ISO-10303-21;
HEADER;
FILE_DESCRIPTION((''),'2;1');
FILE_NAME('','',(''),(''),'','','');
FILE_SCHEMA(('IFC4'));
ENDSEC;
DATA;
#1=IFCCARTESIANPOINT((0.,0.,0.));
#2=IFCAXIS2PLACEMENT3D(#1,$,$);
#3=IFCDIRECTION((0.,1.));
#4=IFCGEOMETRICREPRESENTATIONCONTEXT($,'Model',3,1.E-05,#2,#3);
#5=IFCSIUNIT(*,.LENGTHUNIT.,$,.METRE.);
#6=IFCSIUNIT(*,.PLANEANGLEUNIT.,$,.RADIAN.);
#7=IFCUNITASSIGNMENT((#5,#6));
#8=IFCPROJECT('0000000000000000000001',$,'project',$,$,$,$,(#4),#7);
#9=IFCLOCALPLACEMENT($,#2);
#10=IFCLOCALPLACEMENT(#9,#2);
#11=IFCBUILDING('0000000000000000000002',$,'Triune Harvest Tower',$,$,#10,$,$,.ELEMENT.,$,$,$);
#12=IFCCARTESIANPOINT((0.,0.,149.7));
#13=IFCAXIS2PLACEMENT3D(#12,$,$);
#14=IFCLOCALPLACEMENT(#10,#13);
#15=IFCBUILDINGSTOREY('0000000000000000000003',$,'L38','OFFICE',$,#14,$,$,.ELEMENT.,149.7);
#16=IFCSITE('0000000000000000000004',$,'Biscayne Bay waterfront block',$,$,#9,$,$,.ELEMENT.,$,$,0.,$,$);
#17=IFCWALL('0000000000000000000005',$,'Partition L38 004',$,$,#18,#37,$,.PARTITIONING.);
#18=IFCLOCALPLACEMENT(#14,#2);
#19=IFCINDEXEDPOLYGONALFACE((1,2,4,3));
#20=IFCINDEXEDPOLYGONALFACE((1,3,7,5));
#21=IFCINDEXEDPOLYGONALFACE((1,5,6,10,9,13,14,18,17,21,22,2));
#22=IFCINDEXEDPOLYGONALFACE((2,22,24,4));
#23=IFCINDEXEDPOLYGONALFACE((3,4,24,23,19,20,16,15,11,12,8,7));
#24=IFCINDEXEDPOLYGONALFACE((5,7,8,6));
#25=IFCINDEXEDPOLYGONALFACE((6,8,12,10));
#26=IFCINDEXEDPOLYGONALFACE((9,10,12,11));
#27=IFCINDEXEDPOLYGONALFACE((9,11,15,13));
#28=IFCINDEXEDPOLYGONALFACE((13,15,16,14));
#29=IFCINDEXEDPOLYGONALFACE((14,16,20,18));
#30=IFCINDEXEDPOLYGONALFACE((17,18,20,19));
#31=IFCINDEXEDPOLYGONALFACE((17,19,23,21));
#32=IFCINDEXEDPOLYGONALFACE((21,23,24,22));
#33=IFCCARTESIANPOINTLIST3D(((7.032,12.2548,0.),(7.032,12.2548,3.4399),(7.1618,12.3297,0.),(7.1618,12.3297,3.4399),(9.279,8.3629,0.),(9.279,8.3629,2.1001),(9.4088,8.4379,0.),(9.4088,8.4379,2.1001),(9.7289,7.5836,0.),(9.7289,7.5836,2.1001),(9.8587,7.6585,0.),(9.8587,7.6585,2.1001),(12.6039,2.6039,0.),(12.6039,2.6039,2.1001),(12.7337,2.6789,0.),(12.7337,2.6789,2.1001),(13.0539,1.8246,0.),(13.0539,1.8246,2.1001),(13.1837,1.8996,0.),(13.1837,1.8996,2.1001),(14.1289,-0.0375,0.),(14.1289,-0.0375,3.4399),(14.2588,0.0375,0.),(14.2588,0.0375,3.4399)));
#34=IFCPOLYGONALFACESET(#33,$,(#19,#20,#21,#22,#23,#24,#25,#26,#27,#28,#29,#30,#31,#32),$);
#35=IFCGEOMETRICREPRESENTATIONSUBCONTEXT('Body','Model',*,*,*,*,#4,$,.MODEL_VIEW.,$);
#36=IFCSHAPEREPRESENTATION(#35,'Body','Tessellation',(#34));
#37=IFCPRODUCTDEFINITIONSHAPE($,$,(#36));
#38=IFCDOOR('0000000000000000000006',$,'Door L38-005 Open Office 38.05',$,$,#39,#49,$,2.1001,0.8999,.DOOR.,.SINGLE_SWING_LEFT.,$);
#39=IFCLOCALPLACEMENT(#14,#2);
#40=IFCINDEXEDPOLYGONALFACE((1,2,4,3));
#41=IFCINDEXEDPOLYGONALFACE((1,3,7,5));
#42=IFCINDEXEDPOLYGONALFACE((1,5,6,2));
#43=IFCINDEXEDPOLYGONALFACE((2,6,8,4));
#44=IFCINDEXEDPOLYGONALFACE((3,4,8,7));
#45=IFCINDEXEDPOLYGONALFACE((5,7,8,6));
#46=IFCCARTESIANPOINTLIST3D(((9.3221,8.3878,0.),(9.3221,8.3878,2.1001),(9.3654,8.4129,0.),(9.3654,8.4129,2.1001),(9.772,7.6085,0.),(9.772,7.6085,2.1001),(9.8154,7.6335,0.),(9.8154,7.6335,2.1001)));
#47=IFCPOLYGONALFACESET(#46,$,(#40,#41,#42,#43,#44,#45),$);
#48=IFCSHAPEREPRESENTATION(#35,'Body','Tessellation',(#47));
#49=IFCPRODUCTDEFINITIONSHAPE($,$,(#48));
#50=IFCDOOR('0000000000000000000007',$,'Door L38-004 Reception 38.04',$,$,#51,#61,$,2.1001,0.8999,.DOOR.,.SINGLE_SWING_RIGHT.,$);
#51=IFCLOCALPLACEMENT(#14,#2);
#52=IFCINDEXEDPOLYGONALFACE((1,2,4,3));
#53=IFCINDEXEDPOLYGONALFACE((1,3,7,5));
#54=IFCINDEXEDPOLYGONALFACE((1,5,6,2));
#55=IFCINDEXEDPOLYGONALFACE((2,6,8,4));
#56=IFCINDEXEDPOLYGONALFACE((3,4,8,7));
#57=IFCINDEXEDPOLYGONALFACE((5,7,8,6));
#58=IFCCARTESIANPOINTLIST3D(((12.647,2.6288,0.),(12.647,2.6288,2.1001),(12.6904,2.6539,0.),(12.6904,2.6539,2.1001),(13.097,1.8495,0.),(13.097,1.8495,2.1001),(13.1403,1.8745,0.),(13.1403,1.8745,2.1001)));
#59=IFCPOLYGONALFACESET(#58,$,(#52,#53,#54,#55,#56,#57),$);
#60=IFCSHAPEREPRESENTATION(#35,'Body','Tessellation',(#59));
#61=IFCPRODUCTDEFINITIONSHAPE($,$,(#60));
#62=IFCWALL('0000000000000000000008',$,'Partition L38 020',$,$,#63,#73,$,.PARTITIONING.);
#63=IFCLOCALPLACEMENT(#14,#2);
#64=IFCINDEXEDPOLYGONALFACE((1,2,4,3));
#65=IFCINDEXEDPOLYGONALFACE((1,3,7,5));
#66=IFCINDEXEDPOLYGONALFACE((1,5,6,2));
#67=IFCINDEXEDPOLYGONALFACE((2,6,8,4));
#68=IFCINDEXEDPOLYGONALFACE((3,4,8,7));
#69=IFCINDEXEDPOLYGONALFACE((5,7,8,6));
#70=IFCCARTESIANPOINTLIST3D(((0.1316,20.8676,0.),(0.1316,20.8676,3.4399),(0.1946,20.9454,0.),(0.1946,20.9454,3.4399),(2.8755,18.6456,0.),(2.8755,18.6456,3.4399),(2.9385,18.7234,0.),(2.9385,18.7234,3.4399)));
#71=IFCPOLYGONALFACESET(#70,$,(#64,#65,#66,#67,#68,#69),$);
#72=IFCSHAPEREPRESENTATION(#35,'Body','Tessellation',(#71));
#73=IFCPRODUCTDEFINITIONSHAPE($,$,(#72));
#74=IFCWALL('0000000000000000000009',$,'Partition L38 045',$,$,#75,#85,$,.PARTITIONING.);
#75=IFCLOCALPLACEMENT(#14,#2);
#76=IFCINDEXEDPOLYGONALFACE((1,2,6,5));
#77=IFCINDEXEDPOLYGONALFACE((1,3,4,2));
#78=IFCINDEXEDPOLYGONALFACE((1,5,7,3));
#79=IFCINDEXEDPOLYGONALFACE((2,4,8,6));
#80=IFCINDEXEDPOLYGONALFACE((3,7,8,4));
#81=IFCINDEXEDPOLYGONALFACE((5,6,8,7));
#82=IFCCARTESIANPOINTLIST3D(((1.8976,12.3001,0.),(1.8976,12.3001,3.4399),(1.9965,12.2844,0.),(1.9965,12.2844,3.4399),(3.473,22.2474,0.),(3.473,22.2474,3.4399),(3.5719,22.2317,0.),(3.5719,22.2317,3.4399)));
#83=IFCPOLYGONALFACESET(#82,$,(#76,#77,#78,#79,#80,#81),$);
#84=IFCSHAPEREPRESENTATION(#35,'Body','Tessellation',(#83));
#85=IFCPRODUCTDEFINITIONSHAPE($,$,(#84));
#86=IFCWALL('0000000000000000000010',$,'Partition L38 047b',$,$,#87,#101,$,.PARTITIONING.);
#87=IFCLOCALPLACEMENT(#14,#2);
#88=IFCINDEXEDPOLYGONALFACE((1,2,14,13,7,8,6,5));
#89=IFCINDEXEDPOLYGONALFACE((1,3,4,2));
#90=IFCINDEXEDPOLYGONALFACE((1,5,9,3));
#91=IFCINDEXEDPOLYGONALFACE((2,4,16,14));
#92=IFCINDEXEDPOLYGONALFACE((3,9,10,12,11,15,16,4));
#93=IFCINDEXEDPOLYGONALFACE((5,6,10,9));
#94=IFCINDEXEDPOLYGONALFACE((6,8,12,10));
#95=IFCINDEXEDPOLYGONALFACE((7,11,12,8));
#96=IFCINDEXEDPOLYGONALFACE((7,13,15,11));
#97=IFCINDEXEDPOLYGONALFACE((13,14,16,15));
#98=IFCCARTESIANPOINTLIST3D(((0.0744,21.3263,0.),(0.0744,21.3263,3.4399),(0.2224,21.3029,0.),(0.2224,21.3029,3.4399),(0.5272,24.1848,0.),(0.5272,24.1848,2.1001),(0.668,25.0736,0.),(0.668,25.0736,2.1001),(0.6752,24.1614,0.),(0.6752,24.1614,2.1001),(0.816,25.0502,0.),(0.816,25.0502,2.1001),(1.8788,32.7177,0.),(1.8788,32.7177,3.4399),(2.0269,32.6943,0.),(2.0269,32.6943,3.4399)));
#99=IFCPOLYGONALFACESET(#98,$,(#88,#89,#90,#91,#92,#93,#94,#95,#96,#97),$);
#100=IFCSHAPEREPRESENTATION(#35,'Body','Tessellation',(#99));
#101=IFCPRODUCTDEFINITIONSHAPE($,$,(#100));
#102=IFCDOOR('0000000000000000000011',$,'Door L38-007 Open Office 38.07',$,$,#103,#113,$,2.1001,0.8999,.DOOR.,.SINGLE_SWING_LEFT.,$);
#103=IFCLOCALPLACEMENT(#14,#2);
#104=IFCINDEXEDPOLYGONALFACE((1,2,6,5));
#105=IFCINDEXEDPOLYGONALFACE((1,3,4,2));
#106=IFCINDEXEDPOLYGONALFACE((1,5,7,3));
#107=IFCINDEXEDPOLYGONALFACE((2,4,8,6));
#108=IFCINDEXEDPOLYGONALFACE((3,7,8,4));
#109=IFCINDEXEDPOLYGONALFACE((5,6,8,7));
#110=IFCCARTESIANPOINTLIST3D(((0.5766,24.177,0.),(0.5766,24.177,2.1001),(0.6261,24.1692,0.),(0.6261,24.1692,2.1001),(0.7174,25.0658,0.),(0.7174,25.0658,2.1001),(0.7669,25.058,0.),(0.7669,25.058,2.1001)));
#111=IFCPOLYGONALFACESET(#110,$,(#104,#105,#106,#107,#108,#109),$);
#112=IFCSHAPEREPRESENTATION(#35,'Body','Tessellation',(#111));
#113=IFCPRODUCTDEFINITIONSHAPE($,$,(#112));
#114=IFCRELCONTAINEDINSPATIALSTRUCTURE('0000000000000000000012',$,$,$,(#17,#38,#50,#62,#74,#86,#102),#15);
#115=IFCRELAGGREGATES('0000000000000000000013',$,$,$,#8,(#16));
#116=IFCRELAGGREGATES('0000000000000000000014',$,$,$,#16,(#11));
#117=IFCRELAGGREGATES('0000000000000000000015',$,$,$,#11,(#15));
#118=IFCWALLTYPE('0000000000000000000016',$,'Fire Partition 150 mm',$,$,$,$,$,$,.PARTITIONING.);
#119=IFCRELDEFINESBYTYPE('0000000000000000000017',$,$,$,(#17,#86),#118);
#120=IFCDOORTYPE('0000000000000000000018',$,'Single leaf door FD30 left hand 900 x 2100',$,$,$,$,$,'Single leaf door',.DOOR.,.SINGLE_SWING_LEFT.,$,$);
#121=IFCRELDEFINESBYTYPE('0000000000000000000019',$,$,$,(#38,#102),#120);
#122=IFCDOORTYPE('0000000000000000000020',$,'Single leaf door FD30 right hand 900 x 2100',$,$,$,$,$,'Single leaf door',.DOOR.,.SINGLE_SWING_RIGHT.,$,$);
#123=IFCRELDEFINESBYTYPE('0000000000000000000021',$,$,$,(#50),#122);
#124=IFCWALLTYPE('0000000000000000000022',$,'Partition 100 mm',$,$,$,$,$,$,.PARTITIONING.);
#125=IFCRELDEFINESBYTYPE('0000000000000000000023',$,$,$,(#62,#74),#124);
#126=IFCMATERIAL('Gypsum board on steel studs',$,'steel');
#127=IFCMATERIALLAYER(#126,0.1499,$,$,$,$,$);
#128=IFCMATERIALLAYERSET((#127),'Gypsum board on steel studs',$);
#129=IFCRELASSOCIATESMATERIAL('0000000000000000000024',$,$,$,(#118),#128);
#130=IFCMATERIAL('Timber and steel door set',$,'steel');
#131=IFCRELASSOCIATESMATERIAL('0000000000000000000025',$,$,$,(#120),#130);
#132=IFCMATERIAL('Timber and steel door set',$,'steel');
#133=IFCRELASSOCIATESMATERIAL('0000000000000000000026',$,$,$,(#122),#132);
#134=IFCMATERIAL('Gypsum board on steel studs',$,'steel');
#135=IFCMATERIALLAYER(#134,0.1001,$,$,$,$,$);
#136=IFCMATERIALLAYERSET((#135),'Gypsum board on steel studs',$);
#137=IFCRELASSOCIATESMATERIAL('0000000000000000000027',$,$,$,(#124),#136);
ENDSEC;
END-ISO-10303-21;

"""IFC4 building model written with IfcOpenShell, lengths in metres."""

from ifc_helpers import new_model, si_unit, direction, frame, frame_2d, origin, place, context, subcontext, project, spatial, rectangle, extrude, source, transform, mapped, material, layer, layer_set, type_object, element, fill, save


model = new_model("IFC4")

# Units and contexts
model_context = context("Model", 3, precision=1e-05, world=origin(), true_north=direction((0.0, 1.0)))
body_context = subcontext(model_context, "Body", "Model", "MODEL_VIEW")
ifc_project = project(units=[si_unit("LENGTHUNIT", "METRE"), si_unit("PLANEANGLEUNIT", "RADIAN")], contexts=[model_context])

# Site, building, storey
site_placement = place(None, origin())
site = spatial("IfcSite", under=ifc_project, at=site_placement, Name="Biscayne Bay waterfront block", CompositionType="ELEMENT", RefElevation=0.0)
building_placement = place(site_placement, origin())
building = spatial("IfcBuilding", under=site, at=building_placement, Name="Triune Harvest Tower", CompositionType="ELEMENT")
storey_placement = place(building_placement, frame((0.0, 0.0, 149.7)))
storey = spatial("IfcBuildingStorey", under=building, at=storey_placement, Name="L38", Description="OFFICE", CompositionType="ELEMENT", Elevation=149.7)

# Wall, openings, doors
ifc_material_1 = material(Name="Gypsum board on steel studs", Category="steel")
ifc_layer_1 = layer(ifc_material_1, 0.1499)
ifc_layer_set_1 = layer_set([ifc_layer_1], Name="Gypsum board on steel studs")
wall_type_1 = type_object("IfcWallType", Name="Fire Partition 150 mm", PredefinedType="PARTITIONING", material=ifc_layer_set_1)
shared_shape_1 = source(origin(), body_context, "Body", "SweptSolid", [
    extrude(rectangle(XDim=14.1938, YDim=0.1499, at=frame_2d((7.0969, 0.0))), origin(), (0.0, 0.0, 1.0), 3.4399),
])
wall_1_placement = place(storey_placement, frame((7.0969, 12.2922, 0.0), z_axis=(0.0, 0.0, 1.0), x_axis=(0.5, -0.866025, 0.0)))
wall_1 = element("IfcWall", 1, at=wall_1_placement, inside=storey, type_object=wall_type_1, Name="Partition L38 004", PredefinedType="PARTITIONING", context=body_context, shape_type="MappedRepresentation", body=[
    mapped(shared_shape_1, transform((0.0, 0.0, 0.0), scale=1.0)),
])
opening_1_placement = place(wall_1_placement, frame((11.1438, 0.0, 0.0)))
opening_1 = element("IfcOpeningElement", 2, at=opening_1_placement, cuts=wall_1, PredefinedType="OPENING", context=body_context, shape_type="SweptSolid", body=[
    extrude(rectangle(XDim=0.8999, YDim=2.1001, at=frame_2d((0.45, 1.05))), frame((0.0, 0.085, 0.0), z_axis=(0.0, -1.0, 0.0), x_axis=(1.0, 0.0, 0.0)), (0.0, 0.0, 1.0), 0.1699),
])
opening_2_placement = place(wall_1_placement, frame((4.4939, 0.0, 0.0)))
opening_2 = element("IfcOpeningElement", 3, at=opening_2_placement, cuts=wall_1, PredefinedType="OPENING", context=body_context, shape_type="SweptSolid", body=[
    extrude(rectangle(XDim=0.8999, YDim=2.1001, at=frame_2d((0.45, 1.05))), frame((0.0, 0.085, 0.0), z_axis=(0.0, -1.0, 0.0), x_axis=(1.0, 0.0, 0.0)), (0.0, 0.0, 1.0), 0.1699),
])
ifc_material_2 = material(Name="Timber and steel door set", Category="steel")
door_type_1 = type_object("IfcDoorType", Name="Single leaf door FD30 left hand 900 x 2100", ElementType="Single leaf door", OperationType="SINGLE_SWING_LEFT", PredefinedType="DOOR", material=ifc_material_2)
door_1_placement = place(opening_2_placement, origin())
door_1 = element("IfcDoor", 4, at=door_1_placement, inside=storey, type_object=door_type_1, Name="Door L38-005 Open Office 38.05", OperationType="SINGLE_SWING_LEFT", OverallHeight=2.1001, OverallWidth=0.8999, PredefinedType="DOOR", context=body_context, shape_type="SweptSolid", body=[
    extrude(rectangle(XDim=0.8999, YDim=2.1001, at=frame_2d((0.45, 1.05))), frame((0.0, 0.0249, 0.0), z_axis=(0.0, -1.0, 0.0), x_axis=(1.0, 0.0, 0.0)), (0.0, 0.0, 1.0), 0.05),
])
fill(opening_2, door_1)
ifc_material_3 = material(Name="Timber and steel door set", Category="steel")
door_type_2 = type_object("IfcDoorType", Name="Single leaf door FD30 right hand 900 x 2100", ElementType="Single leaf door", OperationType="SINGLE_SWING_RIGHT", PredefinedType="DOOR", material=ifc_material_3)
door_2_placement = place(opening_1_placement, origin())
door_2 = element("IfcDoor", 5, at=door_2_placement, inside=storey, type_object=door_type_2, Name="Door L38-004 Reception 38.04", OperationType="SINGLE_SWING_RIGHT", OverallHeight=2.1001, OverallWidth=0.8999, PredefinedType="DOOR", context=body_context, shape_type="SweptSolid", body=[
    extrude(rectangle(XDim=0.8999, YDim=2.1001, at=frame_2d((0.45, 1.05))), frame((0.0, 0.0249, 0.0), z_axis=(0.0, -1.0, 0.0), x_axis=(1.0, 0.0, 0.0)), (0.0, 0.0, 1.0), 0.05),
])
fill(opening_1, door_2)

# Walls
ifc_material_4 = material(Name="Gypsum board on steel studs", Category="steel")
ifc_layer_2 = layer(ifc_material_4, 0.1001)
ifc_layer_set_2 = layer_set([ifc_layer_2], Name="Gypsum board on steel studs")
wall_type_2 = type_object("IfcWallType", Name="Partition 100 mm", PredefinedType="PARTITIONING", material=ifc_layer_set_2)
shared_shape_2 = source(origin(), body_context, "Body", "SweptSolid", [
    extrude(rectangle(XDim=3.5308, YDim=0.1001, at=frame_2d((1.7654, 0.0))), origin(), (0.0, 0.0, 1.0), 3.4399),
])
wall_2_placement = place(storey_placement, frame((0.1631, 20.9065, 0.0), z_axis=(0.0, 0.0, 1.0), x_axis=(0.777151, -0.629314, 0.0)))
element("IfcWall", 6, at=wall_2_placement, inside=storey, type_object=wall_type_2, Name="Partition L38 020", PredefinedType="PARTITIONING", context=body_context, shape_type="MappedRepresentation", body=[
    mapped(shared_shape_2, transform((0.0, 0.0, 0.0), scale=1.0)),
])
shared_shape_3 = source(origin(), body_context, "Body", "SweptSolid", [
    extrude(rectangle(XDim=10.0713, YDim=0.1001, at=frame_2d((5.0356, 0.0))), origin(), (0.0, 0.0, 1.0), 3.4399),
])
wall_3_placement = place(storey_placement, frame((1.947, 12.2922, 0.0), z_axis=(0.0, 0.0, 1.0), x_axis=(0.156429, 0.987689, 0.0)))
element("IfcWall", 7, at=wall_3_placement, inside=storey, type_object=wall_type_2, Name="Partition L38 045", PredefinedType="PARTITIONING", context=body_context, shape_type="MappedRepresentation", body=[
    mapped(shared_shape_3, transform((0.0, 0.0, 0.0), scale=1.0)),
])

# Wall, opening, door
shared_shape_4 = source(origin(), body_context, "Body", "SweptSolid", [
    extrude(rectangle(XDim=11.5334, YDim=0.1499, at=frame_2d((5.7666, 0.0))), origin(), (0.0, 0.0, 1.0), 3.4399),
])
wall_4_placement = place(storey_placement, frame((0.1484, 21.3147, 0.0), z_axis=(0.0, 0.0, 1.0), x_axis=(0.156454, 0.987685, 0.0)))
wall_4 = element("IfcWall", 8, at=wall_4_placement, inside=storey, type_object=wall_type_1, Name="Partition L38 047b", PredefinedType="PARTITIONING", context=body_context, shape_type="MappedRepresentation", body=[
    mapped(shared_shape_4, transform((0.0, 0.0, 0.0), scale=1.0)),
])
opening_3_placement = place(wall_4_placement, frame((2.894, 0.0, 0.0)))
opening_3 = element("IfcOpeningElement", 9, at=opening_3_placement, cuts=wall_4, PredefinedType="OPENING", context=body_context, shape_type="SweptSolid", body=[
    extrude(rectangle(XDim=0.8999, YDim=2.1001, at=frame_2d((0.45, 1.05))), frame((0.0, 0.085, 0.0), z_axis=(0.0, -1.0, 0.0), x_axis=(1.0, 0.0, 0.0)), (0.0, 0.0, 1.0), 0.1699),
])
door_3_placement = place(opening_3_placement, origin())
door_3 = element("IfcDoor", 10, at=door_3_placement, inside=storey, type_object=door_type_1, Name="Door L38-007 Open Office 38.07", OperationType="SINGLE_SWING_LEFT", OverallHeight=2.1001, OverallWidth=0.8999, PredefinedType="DOOR", context=body_context, shape_type="SweptSolid", body=[
    extrude(rectangle(XDim=0.8999, YDim=2.1001, at=frame_2d((0.45, 1.05))), frame((0.0, 0.0249, 0.0), z_axis=(0.0, -1.0, 0.0), x_axis=(1.0, 0.0, 0.0)), (0.0, 0.0, 1.0), 0.05),
])
fill(opening_3, door_3)

save(model, "model.ifc")
